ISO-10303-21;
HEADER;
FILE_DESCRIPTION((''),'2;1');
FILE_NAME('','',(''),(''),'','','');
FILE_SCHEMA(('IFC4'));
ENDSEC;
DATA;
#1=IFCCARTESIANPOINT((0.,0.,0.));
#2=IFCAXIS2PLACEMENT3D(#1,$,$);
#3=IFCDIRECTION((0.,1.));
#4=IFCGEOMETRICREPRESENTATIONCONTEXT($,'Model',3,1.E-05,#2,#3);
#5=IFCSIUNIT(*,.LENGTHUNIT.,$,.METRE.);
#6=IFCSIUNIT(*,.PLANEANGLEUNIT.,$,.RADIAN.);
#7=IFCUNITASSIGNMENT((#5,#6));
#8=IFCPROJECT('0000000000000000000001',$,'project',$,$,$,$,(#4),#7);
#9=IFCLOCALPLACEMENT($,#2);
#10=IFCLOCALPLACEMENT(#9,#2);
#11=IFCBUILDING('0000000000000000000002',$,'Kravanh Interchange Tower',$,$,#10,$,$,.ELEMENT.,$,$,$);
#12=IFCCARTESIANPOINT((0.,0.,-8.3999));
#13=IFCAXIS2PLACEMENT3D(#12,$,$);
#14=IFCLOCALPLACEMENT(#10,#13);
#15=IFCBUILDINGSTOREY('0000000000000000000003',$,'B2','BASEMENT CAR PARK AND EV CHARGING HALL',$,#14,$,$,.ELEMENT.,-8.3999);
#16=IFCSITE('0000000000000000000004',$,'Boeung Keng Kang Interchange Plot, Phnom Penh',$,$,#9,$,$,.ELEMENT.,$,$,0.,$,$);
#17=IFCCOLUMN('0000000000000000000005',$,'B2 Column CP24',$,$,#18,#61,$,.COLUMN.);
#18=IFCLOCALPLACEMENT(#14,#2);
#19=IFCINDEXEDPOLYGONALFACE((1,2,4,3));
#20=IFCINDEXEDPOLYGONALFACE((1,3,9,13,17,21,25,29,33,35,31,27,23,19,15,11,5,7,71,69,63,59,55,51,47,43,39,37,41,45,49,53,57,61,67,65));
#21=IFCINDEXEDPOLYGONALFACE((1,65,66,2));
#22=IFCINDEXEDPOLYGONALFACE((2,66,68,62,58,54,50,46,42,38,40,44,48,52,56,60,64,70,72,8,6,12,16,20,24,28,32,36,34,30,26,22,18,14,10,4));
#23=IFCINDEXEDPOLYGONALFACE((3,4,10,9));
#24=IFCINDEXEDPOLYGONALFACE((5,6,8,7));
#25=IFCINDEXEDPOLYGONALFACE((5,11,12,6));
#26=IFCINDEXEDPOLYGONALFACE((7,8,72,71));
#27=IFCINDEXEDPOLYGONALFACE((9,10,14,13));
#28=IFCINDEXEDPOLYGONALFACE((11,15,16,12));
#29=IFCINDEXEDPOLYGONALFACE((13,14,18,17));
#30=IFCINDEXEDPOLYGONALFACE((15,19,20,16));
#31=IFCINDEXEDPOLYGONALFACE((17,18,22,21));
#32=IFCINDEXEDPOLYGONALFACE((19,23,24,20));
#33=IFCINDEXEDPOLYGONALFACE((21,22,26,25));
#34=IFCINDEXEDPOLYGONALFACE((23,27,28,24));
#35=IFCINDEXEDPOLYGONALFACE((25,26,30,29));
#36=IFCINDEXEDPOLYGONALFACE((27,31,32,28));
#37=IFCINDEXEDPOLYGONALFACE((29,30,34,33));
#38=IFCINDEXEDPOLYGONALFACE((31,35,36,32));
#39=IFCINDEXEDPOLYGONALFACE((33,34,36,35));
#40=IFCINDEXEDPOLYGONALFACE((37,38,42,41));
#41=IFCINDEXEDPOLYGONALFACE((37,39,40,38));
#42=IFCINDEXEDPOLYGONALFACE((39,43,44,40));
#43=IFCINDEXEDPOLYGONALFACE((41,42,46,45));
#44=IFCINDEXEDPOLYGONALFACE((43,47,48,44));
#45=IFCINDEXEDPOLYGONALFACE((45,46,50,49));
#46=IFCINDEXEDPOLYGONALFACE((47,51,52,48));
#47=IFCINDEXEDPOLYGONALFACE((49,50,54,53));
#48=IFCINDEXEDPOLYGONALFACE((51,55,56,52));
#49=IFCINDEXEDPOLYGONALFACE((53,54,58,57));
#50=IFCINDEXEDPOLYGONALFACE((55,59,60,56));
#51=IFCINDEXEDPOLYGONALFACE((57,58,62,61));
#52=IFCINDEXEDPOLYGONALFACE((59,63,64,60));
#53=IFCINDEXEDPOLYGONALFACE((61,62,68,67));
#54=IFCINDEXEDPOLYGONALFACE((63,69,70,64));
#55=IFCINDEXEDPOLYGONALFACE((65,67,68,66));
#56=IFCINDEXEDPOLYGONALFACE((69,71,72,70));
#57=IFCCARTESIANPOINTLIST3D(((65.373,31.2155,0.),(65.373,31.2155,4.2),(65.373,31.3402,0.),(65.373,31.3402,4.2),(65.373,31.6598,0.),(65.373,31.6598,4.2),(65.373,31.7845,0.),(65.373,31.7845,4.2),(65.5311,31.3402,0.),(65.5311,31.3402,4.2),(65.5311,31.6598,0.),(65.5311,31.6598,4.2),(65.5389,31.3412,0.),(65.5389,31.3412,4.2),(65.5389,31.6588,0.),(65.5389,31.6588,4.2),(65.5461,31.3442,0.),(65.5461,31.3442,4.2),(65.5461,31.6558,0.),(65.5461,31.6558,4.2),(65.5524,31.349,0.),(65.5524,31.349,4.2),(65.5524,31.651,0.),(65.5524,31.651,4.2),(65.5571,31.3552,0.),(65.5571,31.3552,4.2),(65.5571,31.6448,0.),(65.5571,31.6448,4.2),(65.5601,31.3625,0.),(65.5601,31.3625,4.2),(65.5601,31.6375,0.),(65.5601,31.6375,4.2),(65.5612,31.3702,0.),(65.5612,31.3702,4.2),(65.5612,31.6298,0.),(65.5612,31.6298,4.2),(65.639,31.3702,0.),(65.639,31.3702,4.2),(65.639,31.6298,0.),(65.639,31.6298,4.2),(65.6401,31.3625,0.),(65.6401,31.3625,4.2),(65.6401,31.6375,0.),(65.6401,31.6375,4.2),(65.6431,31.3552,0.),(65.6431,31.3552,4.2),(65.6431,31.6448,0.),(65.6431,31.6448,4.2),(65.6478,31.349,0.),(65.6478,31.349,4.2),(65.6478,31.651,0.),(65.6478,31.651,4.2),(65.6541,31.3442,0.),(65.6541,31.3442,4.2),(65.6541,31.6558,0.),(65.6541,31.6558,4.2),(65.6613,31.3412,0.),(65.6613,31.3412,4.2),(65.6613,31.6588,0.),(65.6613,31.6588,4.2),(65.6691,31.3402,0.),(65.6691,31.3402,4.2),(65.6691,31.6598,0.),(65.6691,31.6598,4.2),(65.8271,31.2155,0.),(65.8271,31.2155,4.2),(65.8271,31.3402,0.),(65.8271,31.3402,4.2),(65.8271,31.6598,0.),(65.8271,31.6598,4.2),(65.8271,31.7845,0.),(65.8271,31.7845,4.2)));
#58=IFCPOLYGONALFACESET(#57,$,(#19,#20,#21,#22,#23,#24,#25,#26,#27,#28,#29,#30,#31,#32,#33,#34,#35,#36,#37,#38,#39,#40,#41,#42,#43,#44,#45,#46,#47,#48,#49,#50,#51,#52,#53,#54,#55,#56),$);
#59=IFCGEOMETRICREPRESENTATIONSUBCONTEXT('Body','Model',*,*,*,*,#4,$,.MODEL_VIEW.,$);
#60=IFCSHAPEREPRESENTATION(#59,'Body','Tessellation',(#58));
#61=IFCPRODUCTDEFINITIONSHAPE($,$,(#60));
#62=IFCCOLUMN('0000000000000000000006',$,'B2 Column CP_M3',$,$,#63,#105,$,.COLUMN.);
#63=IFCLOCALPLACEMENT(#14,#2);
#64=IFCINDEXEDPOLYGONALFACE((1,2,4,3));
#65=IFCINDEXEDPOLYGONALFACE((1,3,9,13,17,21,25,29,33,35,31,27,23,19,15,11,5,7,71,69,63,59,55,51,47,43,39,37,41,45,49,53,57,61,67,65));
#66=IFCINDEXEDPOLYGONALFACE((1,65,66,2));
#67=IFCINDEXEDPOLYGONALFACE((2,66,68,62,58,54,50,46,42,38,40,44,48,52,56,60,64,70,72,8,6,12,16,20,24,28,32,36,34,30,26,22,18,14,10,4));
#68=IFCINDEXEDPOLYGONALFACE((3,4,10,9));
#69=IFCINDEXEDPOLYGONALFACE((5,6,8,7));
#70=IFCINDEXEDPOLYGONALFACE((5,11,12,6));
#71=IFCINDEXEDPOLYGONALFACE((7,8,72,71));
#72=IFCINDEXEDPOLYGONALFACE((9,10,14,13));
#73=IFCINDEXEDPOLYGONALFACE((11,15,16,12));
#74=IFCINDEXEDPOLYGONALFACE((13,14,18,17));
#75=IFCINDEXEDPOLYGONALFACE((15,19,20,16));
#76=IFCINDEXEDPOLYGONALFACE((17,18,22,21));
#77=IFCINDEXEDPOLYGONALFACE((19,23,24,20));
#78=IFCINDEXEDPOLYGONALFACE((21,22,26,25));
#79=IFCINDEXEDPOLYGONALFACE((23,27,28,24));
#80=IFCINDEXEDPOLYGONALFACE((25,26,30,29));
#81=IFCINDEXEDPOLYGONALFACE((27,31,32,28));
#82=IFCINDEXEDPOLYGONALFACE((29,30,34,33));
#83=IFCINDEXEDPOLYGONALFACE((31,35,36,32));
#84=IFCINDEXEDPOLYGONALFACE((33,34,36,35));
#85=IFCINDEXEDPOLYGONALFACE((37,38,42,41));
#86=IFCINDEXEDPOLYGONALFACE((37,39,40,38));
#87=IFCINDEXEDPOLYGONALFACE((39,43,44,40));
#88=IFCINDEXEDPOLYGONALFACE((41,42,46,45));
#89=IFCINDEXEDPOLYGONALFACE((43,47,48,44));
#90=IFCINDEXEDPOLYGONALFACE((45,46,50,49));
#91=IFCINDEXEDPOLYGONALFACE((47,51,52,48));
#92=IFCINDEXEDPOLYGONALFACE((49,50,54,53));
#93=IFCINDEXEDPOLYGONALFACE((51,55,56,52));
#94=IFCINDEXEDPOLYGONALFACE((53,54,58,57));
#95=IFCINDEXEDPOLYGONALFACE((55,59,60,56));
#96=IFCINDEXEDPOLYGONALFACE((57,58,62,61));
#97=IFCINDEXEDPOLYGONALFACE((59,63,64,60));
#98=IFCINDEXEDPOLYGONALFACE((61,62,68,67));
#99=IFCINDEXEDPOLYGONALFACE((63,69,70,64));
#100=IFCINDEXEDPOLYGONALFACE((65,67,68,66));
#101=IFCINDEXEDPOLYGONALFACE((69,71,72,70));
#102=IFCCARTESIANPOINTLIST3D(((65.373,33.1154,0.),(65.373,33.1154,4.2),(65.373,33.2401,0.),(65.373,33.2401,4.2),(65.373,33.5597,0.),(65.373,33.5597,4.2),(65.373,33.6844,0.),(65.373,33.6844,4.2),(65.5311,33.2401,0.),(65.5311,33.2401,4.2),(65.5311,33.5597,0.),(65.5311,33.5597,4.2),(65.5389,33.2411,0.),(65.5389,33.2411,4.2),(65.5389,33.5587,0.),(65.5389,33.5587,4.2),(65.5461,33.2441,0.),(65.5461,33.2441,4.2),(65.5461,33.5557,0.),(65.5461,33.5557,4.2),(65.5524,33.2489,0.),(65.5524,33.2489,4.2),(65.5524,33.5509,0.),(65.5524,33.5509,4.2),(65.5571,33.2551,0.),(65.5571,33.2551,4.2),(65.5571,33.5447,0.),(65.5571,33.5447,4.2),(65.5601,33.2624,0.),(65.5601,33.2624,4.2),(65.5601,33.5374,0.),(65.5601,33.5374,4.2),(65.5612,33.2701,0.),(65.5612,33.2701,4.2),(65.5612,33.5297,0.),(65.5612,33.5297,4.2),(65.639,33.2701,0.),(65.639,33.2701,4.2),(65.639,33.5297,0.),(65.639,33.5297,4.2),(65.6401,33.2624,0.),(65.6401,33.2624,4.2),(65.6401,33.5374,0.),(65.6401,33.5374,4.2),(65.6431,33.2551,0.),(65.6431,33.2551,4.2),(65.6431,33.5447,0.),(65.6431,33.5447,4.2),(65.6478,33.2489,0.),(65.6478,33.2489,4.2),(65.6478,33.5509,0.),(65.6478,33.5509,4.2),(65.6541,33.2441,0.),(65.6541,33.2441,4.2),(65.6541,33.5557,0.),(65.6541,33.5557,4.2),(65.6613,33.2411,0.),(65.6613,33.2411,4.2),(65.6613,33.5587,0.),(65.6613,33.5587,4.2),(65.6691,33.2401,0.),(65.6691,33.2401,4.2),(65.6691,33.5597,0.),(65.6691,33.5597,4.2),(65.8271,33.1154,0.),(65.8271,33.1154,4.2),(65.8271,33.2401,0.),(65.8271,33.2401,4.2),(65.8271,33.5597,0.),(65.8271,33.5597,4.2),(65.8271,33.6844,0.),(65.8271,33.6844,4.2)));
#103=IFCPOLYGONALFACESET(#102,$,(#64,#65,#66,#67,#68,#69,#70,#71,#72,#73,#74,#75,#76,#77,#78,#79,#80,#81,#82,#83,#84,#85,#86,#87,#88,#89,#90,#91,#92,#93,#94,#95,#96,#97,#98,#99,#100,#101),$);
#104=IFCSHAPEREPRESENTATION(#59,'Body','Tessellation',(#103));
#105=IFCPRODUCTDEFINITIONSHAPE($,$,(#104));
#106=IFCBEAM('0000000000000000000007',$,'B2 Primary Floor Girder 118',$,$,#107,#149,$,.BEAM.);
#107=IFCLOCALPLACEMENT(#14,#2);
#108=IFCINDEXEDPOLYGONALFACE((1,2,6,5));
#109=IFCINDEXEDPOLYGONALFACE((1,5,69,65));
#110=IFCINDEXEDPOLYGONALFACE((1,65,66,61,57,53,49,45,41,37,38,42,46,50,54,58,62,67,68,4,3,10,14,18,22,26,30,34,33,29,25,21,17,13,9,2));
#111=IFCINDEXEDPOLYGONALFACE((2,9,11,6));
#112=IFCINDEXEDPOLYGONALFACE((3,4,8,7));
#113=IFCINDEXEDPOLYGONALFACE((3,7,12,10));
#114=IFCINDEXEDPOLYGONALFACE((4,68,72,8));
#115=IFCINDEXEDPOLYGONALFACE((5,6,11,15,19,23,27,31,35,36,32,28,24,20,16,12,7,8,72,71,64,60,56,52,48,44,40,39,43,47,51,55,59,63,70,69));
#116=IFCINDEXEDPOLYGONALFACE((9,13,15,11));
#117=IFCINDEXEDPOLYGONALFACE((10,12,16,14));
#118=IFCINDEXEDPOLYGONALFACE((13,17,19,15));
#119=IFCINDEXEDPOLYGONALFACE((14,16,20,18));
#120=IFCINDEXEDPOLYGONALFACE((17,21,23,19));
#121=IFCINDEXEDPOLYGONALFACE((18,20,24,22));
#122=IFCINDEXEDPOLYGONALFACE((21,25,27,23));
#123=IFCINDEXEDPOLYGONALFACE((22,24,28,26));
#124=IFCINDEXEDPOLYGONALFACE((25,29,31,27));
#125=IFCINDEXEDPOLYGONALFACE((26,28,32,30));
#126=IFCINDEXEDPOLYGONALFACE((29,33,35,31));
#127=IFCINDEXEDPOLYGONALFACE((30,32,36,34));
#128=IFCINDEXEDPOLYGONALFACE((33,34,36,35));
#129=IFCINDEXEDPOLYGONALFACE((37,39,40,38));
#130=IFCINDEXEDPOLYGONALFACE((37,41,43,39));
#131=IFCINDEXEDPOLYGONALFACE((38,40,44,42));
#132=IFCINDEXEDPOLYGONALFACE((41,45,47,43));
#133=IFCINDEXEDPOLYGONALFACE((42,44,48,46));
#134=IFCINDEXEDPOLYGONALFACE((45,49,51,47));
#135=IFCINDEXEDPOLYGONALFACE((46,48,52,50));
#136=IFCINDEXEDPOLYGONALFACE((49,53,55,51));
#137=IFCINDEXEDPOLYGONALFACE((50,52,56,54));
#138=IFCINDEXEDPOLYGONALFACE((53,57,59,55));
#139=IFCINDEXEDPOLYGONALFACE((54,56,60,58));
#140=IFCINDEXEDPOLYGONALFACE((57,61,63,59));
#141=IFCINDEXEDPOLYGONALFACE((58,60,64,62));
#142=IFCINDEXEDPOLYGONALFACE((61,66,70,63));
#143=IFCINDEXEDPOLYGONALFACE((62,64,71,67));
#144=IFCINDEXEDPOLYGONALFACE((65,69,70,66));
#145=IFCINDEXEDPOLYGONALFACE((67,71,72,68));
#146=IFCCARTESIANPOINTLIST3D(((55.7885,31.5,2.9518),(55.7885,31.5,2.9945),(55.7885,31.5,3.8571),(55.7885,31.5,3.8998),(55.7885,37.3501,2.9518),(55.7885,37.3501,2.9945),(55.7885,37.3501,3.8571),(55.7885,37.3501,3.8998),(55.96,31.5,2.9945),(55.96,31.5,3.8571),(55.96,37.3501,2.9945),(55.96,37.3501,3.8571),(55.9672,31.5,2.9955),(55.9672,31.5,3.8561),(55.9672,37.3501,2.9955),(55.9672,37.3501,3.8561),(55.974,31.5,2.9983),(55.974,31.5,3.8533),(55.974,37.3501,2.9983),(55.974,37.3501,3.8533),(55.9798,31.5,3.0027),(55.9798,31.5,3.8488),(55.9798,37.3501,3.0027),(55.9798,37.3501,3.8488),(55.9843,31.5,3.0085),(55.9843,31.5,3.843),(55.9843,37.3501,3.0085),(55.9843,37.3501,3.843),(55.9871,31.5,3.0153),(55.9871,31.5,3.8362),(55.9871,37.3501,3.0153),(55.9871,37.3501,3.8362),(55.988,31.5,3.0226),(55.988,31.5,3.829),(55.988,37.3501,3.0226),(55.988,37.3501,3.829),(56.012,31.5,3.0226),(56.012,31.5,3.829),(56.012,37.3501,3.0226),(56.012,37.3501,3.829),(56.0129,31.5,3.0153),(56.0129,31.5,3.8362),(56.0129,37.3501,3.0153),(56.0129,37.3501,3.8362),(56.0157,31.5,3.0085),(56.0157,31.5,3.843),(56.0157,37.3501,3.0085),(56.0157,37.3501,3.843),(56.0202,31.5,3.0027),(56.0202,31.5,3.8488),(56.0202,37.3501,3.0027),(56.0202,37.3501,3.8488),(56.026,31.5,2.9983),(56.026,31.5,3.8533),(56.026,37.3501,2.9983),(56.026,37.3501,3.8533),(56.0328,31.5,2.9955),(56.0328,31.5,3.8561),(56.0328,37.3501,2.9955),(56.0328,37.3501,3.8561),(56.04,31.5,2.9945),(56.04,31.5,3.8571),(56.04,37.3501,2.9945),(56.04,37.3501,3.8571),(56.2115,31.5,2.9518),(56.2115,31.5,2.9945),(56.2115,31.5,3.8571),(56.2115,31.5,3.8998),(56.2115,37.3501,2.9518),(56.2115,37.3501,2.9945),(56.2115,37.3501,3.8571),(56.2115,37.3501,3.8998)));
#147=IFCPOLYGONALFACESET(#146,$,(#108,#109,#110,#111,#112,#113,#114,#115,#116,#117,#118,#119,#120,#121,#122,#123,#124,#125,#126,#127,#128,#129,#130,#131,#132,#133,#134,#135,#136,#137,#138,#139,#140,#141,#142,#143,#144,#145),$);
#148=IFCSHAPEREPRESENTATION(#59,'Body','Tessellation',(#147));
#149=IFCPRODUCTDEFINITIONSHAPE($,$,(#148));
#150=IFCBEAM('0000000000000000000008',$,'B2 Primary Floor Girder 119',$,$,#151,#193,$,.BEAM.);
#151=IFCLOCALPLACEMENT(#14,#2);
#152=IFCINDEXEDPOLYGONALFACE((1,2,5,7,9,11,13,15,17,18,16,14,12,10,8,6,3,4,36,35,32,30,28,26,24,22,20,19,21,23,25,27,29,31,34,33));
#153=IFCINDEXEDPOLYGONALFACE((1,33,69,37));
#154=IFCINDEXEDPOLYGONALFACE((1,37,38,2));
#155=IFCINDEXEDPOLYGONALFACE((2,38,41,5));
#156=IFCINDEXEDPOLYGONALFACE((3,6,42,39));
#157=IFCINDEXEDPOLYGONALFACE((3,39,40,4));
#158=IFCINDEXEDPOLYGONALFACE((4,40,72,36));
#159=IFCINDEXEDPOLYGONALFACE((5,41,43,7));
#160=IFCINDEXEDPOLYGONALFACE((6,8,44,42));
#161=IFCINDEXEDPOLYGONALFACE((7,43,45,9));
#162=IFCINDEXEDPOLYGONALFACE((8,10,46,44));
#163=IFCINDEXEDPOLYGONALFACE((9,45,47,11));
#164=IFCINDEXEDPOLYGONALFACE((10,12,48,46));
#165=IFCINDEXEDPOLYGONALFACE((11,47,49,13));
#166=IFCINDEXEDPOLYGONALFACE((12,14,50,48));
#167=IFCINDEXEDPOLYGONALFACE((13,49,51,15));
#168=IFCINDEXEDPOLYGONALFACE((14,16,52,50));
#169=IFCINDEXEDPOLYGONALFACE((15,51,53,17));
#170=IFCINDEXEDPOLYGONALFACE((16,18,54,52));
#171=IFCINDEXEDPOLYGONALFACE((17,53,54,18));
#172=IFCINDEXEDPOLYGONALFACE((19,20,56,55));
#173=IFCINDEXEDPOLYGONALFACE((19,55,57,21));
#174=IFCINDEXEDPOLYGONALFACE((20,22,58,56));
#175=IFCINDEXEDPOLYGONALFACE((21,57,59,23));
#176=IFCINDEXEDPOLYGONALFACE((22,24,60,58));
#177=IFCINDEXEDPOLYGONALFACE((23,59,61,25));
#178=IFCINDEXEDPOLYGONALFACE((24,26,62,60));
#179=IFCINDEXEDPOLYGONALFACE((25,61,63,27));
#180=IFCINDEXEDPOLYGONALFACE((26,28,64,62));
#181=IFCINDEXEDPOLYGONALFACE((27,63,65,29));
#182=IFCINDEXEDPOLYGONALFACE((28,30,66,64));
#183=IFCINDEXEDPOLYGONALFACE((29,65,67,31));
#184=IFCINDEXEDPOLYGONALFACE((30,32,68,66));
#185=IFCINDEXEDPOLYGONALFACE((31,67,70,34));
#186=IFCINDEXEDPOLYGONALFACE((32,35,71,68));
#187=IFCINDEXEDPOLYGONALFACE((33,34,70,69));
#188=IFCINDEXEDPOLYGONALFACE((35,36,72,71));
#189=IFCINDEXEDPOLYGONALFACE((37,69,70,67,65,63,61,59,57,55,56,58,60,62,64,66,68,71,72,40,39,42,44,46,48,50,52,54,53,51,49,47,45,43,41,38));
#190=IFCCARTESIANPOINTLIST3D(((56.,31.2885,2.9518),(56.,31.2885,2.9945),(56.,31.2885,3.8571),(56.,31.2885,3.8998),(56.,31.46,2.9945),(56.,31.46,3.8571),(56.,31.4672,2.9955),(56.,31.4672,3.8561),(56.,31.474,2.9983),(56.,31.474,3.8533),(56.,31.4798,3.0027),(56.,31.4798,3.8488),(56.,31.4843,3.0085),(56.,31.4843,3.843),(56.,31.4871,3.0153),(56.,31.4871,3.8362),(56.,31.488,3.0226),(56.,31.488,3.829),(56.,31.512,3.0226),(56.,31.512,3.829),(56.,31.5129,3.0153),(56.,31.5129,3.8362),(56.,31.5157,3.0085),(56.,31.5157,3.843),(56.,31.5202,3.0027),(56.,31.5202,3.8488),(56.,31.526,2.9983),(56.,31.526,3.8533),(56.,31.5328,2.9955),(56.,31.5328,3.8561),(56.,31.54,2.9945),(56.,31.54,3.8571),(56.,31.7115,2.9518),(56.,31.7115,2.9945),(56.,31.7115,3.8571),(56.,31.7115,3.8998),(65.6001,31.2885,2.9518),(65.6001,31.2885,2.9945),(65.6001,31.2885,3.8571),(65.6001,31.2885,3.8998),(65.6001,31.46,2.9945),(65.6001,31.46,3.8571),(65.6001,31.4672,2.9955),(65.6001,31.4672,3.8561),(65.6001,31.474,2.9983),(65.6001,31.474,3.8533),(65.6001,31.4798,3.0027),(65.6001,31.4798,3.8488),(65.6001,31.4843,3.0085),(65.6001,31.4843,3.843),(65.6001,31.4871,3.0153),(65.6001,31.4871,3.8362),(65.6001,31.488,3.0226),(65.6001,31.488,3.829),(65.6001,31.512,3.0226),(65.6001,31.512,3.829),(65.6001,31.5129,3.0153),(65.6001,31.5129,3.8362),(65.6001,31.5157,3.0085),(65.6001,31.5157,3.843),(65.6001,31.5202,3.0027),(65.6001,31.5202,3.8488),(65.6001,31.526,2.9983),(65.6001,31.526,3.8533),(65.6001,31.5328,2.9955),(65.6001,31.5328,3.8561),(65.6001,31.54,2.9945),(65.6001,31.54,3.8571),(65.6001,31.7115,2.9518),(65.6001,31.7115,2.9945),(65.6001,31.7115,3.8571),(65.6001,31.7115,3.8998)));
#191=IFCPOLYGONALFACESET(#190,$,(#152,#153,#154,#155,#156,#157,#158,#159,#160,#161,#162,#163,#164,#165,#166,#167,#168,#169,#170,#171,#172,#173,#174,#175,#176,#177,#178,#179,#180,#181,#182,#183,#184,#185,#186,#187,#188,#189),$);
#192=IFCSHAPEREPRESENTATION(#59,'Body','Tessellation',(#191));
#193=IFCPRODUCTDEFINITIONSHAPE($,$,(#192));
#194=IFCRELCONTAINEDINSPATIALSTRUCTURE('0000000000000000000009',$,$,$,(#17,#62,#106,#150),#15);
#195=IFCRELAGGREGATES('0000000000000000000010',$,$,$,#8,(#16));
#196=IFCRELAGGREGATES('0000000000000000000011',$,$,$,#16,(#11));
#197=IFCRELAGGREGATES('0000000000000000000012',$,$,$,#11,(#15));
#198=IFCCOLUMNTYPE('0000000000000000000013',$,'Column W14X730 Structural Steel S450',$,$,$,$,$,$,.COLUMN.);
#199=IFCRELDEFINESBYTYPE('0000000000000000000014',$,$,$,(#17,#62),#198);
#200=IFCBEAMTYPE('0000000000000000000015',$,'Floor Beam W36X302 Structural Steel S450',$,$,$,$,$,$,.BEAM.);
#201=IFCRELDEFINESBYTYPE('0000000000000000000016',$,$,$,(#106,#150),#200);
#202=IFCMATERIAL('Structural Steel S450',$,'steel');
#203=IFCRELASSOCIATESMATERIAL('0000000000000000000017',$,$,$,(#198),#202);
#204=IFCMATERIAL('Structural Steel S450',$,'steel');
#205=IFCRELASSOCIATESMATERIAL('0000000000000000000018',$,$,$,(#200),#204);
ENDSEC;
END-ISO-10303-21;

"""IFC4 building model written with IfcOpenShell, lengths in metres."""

from ifc_helpers import new_model, si_unit, direction, frame, origin, origin_2d, place, context, subcontext, project, spatial, i_section, extrude, material, material_profile, profile_set, type_object, element, save


model = new_model("IFC4")

# Units and contexts
model_context = context("Model", 3, precision=1e-05, world=origin(), true_north=direction((0.0, 1.0)))
body_context = subcontext(model_context, "Body", "Model", "MODEL_VIEW")
ifc_project = project(units=[si_unit("LENGTHUNIT", "METRE"), si_unit("PLANEANGLEUNIT", "RADIAN")], contexts=[model_context])

# Site, building, storey
site_placement = place(None, origin())
site = spatial("IfcSite", under=ifc_project, at=site_placement, Name="Boeung Keng Kang Interchange Plot, Phnom Penh", CompositionType="ELEMENT", RefElevation=0.0)
building_placement = place(site_placement, origin())
building = spatial("IfcBuilding", under=site, at=building_placement, Name="Kravanh Interchange Tower", CompositionType="ELEMENT")
storey_placement = place(building_placement, frame((0.0, 0.0, -8.3999)))
storey = spatial("IfcBuildingStorey", under=building, at=storey_placement, Name="B2", Description="BASEMENT CAR PARK AND EV CHARGING HALL", CompositionType="ELEMENT", Elevation=-8.3999)

# Columns
ifc_material_1 = material(Name="Structural Steel S450", Category="steel")
ifc_material_profile_1 = material_profile(ifc_material_1, i_section(OverallWidth=0.4541, OverallDepth=0.5691, WebThickness=0.0779, FlangeThickness=0.1248, FilletRadius=0.03, at=origin_2d()), Name="W14X730")
ifc_profile_set_1 = profile_set([ifc_material_profile_1], Name="Structural Steel S450")
column_type_1 = type_object("IfcColumnType", Name="Column W14X730 Structural Steel S450", PredefinedType="COLUMN", material=ifc_profile_set_1)
for number, where, z_axis, x_axis, name in (
    (1, (65.6001, 31.5, 0.0), (0.0, 0.0, 1.0), (1.0, 0.0, 0.0), "B2 Column CP24"),
    (2, (65.6001, 33.3999, 0.0), (0.0, 0.0, 1.0), (1.0, 0.0, 0.0), "B2 Column CP_M3"),
):
    element("IfcColumn", number, at=place(storey_placement, frame(where, z_axis=z_axis, x_axis=x_axis)), inside=storey, type_object=column_type_1, Name=name, PredefinedType="COLUMN", context=body_context, shape_type="SweptSolid", body=[
        extrude(i_section(OverallWidth=0.4541, OverallDepth=0.5691, WebThickness=0.0779, FlangeThickness=0.1248, FilletRadius=0.03, at=origin_2d()), origin(), (0.0, 0.0, 1.0), 4.2),
    ])

# Beams
ifc_material_2 = material(Name="Structural Steel S450", Category="steel")
ifc_material_profile_2 = material_profile(ifc_material_2, i_section(OverallWidth=0.4231, OverallDepth=0.948, WebThickness=0.0239, FlangeThickness=0.0427, FilletRadius=0.0281, at=origin_2d()), Name="W36X302")
ifc_profile_set_2 = profile_set([ifc_material_profile_2], Name="Structural Steel S450")
beam_type_1 = type_object("IfcBeamType", Name="Floor Beam W36X302 Structural Steel S450", PredefinedType="BEAM", material=ifc_profile_set_2)
beam_1_placement = place(storey_placement, frame((56.0, 31.5, 3.4258), z_axis=(0.0, 1.0, 0.0), x_axis=(-1.0, 0.0, 0.0)))
element("IfcBeam", 3, at=beam_1_placement, inside=storey, type_object=beam_type_1, Name="B2 Primary Floor Girder 118", PredefinedType="BEAM", context=body_context, shape_type="SweptSolid", body=[
    extrude(i_section(OverallWidth=0.4231, OverallDepth=0.948, WebThickness=0.0239, FlangeThickness=0.0427, FilletRadius=0.0281, at=origin_2d()), origin(), (0.0, 0.0, 1.0), 5.8501),
])
beam_2_placement = place(storey_placement, frame((56.0, 31.5, 3.4258), z_axis=(1.0, 0.0, 0.0), x_axis=(0.0, 1.0, 0.0)))
element("IfcBeam", 4, at=beam_2_placement, inside=storey, type_object=beam_type_1, Name="B2 Primary Floor Girder 119", PredefinedType="BEAM", context=body_context, shape_type="SweptSolid", body=[
    extrude(i_section(OverallWidth=0.4231, OverallDepth=0.948, WebThickness=0.0239, FlangeThickness=0.0427, FilletRadius=0.0281, at=origin_2d()), origin(), (0.0, 0.0, 1.0), 9.6001),
])

save(model, "model.ifc")
